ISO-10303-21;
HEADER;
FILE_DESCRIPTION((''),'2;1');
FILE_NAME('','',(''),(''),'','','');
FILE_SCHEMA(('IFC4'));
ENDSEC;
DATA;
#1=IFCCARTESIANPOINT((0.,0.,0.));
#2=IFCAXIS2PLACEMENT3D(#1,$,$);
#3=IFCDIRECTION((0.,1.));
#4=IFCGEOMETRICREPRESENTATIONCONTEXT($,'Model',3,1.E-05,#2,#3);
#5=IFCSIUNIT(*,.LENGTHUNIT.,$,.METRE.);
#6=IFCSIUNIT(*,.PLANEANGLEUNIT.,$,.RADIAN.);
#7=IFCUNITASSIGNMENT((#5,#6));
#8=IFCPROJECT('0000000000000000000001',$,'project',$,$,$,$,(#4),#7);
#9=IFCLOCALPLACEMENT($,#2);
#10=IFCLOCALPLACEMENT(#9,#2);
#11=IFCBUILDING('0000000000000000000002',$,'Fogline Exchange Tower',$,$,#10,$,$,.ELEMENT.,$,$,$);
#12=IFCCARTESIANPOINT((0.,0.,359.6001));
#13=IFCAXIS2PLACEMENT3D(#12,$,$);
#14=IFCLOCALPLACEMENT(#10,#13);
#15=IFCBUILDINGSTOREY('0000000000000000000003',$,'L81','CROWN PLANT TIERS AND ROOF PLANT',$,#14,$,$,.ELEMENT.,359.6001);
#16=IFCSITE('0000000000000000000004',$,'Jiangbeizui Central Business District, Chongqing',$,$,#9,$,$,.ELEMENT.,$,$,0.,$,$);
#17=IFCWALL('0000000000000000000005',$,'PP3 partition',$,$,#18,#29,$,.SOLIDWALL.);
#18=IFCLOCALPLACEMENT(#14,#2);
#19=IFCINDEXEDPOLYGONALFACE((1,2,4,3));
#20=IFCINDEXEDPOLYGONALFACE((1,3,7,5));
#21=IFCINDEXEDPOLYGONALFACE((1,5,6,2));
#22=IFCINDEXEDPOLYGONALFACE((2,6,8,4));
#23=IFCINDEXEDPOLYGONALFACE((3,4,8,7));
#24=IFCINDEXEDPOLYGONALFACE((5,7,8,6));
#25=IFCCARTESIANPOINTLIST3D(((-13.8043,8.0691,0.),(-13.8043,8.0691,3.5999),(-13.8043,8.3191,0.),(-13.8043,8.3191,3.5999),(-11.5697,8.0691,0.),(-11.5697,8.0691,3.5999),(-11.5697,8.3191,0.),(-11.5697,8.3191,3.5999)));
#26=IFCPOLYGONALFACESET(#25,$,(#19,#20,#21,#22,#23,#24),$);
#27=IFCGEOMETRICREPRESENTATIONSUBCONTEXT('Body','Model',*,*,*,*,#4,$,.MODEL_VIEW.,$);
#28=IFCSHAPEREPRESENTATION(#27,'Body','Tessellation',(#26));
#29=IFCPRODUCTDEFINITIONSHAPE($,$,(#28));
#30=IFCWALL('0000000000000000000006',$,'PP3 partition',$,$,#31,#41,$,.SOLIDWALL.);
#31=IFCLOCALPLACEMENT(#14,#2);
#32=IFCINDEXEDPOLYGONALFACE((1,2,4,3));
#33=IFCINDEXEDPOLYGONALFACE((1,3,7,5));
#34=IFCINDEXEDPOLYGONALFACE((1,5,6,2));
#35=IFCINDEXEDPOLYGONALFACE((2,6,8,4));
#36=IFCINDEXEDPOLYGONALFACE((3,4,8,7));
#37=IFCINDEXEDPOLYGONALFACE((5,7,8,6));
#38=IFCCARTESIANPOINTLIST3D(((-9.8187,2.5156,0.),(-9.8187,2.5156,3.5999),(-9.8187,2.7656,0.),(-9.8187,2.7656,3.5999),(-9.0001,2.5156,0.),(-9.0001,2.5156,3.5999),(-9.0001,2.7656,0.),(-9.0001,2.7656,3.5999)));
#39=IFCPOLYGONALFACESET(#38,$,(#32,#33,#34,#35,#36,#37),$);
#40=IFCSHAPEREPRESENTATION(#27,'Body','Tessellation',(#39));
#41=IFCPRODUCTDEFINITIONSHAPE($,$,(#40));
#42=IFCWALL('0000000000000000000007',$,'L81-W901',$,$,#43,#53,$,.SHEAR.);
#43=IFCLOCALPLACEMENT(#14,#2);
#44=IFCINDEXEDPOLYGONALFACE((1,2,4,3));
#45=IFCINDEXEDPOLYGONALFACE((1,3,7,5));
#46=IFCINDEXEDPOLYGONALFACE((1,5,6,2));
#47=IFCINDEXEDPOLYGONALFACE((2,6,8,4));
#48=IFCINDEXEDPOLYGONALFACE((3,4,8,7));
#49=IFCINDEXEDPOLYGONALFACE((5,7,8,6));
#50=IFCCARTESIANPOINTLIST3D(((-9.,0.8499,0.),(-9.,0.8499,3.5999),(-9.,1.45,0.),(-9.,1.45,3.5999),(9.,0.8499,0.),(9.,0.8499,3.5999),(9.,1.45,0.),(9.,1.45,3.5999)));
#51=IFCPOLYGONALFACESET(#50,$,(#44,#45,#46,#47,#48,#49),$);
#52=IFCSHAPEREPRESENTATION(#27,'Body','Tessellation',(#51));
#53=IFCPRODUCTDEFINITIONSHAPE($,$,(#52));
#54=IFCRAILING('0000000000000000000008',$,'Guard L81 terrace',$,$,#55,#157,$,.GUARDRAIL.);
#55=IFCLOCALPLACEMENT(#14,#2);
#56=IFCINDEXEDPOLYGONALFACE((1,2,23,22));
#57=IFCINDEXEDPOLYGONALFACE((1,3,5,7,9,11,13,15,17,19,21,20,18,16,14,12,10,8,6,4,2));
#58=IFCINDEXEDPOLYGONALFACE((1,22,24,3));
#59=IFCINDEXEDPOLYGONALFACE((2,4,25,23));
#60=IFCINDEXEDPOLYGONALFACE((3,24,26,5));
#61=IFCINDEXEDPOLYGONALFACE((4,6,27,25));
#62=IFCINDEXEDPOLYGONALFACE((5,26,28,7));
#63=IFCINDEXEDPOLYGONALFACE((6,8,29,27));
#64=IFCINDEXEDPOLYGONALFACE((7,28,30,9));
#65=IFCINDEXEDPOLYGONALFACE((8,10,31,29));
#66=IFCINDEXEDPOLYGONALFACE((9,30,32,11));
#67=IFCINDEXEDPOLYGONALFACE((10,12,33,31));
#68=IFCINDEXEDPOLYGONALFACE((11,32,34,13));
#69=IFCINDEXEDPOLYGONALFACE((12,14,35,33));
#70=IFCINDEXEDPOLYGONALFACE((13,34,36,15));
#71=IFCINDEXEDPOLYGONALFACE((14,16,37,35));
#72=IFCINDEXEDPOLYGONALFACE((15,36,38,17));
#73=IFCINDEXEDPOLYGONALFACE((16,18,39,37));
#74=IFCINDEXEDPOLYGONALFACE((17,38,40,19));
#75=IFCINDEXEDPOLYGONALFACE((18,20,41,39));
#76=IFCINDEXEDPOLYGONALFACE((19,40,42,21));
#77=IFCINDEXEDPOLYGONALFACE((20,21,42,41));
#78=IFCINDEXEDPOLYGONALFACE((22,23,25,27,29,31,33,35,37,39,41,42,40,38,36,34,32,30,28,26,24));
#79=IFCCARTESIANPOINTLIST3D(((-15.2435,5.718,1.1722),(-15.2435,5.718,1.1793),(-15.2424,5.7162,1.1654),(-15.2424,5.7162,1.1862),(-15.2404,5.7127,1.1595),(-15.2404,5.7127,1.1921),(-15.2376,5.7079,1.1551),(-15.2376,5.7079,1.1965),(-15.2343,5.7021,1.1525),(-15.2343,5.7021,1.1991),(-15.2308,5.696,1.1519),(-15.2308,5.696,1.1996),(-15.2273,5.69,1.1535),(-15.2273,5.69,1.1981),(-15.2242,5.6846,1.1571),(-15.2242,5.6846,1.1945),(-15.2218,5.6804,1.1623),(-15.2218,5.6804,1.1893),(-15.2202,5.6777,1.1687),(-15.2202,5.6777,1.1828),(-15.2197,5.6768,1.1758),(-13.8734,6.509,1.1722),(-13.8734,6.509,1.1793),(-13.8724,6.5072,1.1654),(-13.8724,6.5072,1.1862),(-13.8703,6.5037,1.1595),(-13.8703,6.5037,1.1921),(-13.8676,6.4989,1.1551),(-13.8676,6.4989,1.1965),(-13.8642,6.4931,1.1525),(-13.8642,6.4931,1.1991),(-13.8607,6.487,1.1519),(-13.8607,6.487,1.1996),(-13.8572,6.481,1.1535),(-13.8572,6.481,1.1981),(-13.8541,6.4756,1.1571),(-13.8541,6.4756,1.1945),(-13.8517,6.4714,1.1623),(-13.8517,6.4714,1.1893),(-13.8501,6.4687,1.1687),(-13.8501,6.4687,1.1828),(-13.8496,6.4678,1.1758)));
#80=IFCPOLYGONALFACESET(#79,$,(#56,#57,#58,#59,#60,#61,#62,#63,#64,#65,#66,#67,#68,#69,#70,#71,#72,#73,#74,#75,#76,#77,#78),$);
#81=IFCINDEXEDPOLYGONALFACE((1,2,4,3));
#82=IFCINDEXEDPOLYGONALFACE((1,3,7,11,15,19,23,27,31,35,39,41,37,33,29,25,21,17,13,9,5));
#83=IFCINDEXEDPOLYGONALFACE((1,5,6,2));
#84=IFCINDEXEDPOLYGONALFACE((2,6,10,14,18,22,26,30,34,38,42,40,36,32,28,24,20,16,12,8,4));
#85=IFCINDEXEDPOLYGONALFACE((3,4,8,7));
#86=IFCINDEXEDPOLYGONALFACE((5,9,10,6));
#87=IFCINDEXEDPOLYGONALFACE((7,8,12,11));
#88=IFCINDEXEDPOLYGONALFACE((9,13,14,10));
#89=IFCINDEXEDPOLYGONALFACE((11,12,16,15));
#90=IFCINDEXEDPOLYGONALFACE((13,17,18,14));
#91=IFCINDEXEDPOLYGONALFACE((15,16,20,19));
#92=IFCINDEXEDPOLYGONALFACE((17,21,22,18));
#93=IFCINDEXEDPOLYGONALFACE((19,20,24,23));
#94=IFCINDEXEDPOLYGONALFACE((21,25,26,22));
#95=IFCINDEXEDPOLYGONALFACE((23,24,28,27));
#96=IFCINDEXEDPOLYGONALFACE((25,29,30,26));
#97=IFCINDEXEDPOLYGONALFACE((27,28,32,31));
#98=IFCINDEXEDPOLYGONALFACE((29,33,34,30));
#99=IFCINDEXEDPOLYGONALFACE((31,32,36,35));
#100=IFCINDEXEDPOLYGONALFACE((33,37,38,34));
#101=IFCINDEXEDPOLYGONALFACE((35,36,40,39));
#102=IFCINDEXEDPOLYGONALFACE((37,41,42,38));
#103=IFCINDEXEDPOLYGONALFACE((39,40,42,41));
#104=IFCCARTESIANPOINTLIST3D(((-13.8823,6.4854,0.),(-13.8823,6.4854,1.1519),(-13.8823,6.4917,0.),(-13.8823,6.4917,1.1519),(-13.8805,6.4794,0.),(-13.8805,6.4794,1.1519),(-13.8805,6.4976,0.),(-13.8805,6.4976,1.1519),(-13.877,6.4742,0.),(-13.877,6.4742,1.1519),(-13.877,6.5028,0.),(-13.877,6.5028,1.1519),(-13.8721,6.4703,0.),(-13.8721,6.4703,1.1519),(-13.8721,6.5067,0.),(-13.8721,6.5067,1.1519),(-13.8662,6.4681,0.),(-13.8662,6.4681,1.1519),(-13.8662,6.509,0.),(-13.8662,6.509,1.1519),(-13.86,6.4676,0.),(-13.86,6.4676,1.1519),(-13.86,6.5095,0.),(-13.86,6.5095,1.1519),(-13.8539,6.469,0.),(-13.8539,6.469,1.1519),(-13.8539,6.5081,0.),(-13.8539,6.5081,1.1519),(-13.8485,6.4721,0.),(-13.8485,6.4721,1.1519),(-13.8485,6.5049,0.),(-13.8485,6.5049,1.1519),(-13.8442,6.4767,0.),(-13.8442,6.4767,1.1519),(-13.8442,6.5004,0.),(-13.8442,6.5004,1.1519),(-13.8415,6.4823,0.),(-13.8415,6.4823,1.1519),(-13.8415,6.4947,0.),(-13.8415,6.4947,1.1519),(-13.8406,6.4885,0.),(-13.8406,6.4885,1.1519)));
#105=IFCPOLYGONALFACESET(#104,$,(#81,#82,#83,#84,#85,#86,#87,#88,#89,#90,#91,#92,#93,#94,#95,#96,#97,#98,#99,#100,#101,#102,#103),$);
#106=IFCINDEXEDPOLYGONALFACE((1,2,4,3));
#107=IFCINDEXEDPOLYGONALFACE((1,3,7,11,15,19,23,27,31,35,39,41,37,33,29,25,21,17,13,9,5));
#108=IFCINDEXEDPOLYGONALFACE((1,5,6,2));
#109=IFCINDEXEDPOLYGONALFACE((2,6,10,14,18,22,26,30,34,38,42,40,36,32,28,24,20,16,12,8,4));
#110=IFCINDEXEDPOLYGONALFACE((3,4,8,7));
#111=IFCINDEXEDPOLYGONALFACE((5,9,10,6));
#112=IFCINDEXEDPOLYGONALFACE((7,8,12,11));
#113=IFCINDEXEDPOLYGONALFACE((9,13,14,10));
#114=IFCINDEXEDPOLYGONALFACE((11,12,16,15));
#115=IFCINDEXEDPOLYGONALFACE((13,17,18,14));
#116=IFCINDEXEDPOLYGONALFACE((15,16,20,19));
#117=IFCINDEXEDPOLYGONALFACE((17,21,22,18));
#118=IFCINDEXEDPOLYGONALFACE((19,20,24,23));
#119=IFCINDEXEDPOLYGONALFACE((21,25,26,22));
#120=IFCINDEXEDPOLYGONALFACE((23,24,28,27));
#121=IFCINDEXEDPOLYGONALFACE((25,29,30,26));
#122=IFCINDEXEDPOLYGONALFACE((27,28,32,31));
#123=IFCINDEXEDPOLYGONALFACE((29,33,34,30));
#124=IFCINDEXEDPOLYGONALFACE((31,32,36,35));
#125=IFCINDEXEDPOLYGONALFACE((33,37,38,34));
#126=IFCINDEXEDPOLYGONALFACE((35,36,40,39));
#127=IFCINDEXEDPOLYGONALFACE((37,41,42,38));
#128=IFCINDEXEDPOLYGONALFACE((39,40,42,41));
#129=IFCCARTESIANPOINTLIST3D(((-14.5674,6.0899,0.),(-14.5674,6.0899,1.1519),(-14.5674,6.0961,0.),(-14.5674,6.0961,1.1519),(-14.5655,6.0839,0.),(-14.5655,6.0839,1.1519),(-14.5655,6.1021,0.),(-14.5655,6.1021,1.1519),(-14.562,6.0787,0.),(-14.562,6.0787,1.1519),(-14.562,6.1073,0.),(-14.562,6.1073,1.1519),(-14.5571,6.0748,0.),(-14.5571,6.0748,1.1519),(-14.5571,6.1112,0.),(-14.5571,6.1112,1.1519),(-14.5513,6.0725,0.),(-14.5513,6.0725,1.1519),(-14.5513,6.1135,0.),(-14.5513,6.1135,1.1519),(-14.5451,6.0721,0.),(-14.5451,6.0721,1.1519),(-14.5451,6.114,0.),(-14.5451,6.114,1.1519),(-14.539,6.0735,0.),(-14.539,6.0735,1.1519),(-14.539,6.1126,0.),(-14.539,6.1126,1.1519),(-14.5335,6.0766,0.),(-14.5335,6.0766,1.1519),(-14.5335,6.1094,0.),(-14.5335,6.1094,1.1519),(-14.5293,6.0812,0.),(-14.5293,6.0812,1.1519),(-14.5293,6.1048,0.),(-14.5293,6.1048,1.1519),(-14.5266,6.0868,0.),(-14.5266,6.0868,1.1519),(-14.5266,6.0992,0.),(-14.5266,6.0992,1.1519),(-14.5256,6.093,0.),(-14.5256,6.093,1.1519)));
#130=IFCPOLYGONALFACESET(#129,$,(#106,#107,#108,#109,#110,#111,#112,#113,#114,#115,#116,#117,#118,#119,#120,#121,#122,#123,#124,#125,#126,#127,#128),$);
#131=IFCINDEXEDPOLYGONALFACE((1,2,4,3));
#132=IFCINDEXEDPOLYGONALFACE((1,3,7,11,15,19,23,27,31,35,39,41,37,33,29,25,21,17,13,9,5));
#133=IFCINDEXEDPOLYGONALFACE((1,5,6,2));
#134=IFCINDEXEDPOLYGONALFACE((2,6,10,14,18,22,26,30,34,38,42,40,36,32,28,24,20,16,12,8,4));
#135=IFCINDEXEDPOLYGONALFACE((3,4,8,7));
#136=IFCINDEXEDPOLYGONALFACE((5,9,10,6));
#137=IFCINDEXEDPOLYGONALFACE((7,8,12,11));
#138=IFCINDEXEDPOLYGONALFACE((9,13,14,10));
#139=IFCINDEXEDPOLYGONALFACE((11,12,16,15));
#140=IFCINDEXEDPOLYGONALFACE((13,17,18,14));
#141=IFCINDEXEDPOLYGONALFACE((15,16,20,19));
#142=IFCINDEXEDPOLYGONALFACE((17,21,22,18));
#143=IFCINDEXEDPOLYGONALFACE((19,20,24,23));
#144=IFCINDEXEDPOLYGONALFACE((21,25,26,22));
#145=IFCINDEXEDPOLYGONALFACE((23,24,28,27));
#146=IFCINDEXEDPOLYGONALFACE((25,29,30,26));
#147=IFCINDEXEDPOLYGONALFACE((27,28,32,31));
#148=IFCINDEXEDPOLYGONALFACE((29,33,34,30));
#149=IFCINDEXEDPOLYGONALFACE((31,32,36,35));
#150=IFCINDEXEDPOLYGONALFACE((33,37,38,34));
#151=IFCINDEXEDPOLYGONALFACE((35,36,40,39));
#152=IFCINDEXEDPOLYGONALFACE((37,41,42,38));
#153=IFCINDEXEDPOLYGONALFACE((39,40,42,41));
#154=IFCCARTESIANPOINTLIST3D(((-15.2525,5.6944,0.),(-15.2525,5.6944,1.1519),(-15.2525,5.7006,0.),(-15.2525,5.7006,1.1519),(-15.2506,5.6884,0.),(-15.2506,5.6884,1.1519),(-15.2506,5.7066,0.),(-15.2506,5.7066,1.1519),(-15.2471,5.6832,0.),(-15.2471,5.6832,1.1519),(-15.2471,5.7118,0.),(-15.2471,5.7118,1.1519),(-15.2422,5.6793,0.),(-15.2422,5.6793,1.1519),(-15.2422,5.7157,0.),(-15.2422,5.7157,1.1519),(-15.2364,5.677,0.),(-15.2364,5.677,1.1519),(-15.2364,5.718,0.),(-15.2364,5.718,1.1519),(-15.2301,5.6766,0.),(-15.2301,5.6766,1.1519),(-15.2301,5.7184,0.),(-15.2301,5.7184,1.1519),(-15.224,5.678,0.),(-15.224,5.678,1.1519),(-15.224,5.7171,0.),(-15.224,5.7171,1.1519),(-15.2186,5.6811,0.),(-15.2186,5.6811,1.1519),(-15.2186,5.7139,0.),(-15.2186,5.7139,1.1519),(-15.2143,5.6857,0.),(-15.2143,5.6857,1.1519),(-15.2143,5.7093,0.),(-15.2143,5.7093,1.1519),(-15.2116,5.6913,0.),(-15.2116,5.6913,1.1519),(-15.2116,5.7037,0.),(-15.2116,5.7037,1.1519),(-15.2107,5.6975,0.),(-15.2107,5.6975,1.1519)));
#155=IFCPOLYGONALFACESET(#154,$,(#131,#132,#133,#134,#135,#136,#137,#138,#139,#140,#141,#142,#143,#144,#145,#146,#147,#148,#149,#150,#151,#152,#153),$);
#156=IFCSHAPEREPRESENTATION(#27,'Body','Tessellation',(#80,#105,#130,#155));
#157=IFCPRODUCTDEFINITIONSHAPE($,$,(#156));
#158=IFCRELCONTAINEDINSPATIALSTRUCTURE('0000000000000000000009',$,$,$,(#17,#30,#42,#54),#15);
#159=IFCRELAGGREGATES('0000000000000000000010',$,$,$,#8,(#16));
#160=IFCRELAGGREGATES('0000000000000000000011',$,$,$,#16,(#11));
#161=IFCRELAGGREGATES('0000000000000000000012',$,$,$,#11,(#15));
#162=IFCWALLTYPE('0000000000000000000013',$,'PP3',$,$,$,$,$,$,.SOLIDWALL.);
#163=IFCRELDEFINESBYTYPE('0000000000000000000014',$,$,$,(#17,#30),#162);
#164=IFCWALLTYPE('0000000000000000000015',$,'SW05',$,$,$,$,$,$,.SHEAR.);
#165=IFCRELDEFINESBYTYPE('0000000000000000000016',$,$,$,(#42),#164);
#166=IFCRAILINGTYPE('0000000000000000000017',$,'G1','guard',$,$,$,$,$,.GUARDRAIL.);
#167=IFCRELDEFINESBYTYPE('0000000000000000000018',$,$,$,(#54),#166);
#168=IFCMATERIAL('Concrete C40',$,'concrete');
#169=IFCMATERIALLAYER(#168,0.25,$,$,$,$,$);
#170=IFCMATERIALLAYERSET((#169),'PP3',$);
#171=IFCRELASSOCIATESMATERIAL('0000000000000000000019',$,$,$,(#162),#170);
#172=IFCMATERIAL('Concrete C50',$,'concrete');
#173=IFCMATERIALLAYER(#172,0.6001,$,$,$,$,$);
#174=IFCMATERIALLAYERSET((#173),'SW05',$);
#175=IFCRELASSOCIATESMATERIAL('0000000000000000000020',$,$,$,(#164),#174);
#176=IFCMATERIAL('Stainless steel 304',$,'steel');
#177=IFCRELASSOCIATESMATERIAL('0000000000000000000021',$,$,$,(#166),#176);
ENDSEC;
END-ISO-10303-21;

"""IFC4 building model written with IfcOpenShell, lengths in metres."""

from ifc_helpers import new_model, si_unit, direction, frame, frame_2d, origin, origin_2d, place, context, subcontext, project, spatial, rectangle, circle, extrude, material, layer, layer_set, type_object, element, save


model = new_model("IFC4")

# Units and contexts
model_context = context("Model", 3, precision=1e-05, world=origin(), true_north=direction((0.0, 1.0)))
body_context = subcontext(model_context, "Body", "Model", "MODEL_VIEW")
ifc_project = project(units=[si_unit("LENGTHUNIT", "METRE"), si_unit("PLANEANGLEUNIT", "RADIAN")], contexts=[model_context])

# Site, building, storey
site_placement = place(None, origin())
site = spatial("IfcSite", under=ifc_project, at=site_placement, Name="Jiangbeizui Central Business District, Chongqing", CompositionType="ELEMENT", RefElevation=0.0)
building_placement = place(site_placement, origin())
building = spatial("IfcBuilding", under=site, at=building_placement, Name="Fogline Exchange Tower", CompositionType="ELEMENT")
storey_placement = place(building_placement, frame((0.0, 0.0, 359.6001)))
storey = spatial("IfcBuildingStorey", under=building, at=storey_placement, Name="L81", Description="CROWN PLANT TIERS AND ROOF PLANT", CompositionType="ELEMENT", Elevation=359.6001)

# Shared definitions
ifc_material_1 = material(Name="Concrete C40", Category="concrete")

# Walls
ifc_layer_1 = layer(ifc_material_1, 0.25)
ifc_layer_set_1 = layer_set([ifc_layer_1], Name="PP3")
wall_type_1 = type_object("IfcWallType", Name="PP3", PredefinedType="SOLIDWALL", material=ifc_layer_set_1)
wall_1_placement = place(storey_placement, frame((-13.8042, 8.1941, 0.0), z_axis=(0.0, 0.0, 1.0), x_axis=(1.0, 0.0, 0.0)))
element("IfcWall", 1, at=wall_1_placement, inside=storey, type_object=wall_type_1, Name="PP3 partition", PredefinedType="SOLIDWALL", context=body_context, shape_type="SweptSolid", body=[
    extrude(rectangle(XDim=2.2346, YDim=0.25, at=frame_2d((1.1172, 0.0))), origin(), (0.0, 0.0, 1.0), 3.5999),
])
wall_2_placement = place(storey_placement, frame((-9.8186, 2.6406, 0.0), z_axis=(0.0, 0.0, 1.0), x_axis=(1.0, 0.0, 0.0)))
element("IfcWall", 2, at=wall_2_placement, inside=storey, type_object=wall_type_1, Name="PP3 partition", PredefinedType="SOLIDWALL", context=body_context, shape_type="SweptSolid", body=[
    extrude(rectangle(XDim=0.8186, YDim=0.25, at=frame_2d((0.4092, 0.0))), origin(), (0.0, 0.0, 1.0), 3.5999),
])
ifc_material_2 = material(Name="Concrete C50", Category="concrete")
ifc_layer_2 = layer(ifc_material_2, 0.6001)
ifc_layer_set_2 = layer_set([ifc_layer_2], Name="SW05")
wall_type_2 = type_object("IfcWallType", Name="SW05", PredefinedType="SHEAR", material=ifc_layer_set_2)
wall_3_placement = place(storey_placement, frame((-9.0, 1.1499, 0.0), z_axis=(0.0, 0.0, 1.0), x_axis=(1.0, 0.0, 0.0)))
element("IfcWall", 3, at=wall_3_placement, inside=storey, type_object=wall_type_2, Name="L81-W901", PredefinedType="SHEAR", context=body_context, shape_type="SweptSolid", body=[
    extrude(rectangle(XDim=18.0, YDim=0.6001, at=frame_2d((9.0, 0.0))), origin(), (0.0, 0.0, 1.0), 3.5999),
])

# Railing
ifc_material_3 = material(Name="Stainless steel 304", Category="steel")
railing_type = type_object("IfcRailingType", Name="G1", Description="guard", PredefinedType="GUARDRAIL", material=ifc_material_3)
railing_1_placement = place(storey_placement, frame((-13.8616, 6.4885, 0.0)))
element("IfcRailing", 4, at=railing_1_placement, inside=storey, type_object=railing_type, Name="Guard L81 terrace", PredefinedType="GUARDRAIL", context=body_context, shape_type="SweptSolid", body=[
    extrude(circle(Radius=0.0239, at=origin_2d()), frame((0.0, 0.0, 1.1758), z_axis=(-0.866031, -0.49999, 0.0), x_axis=(0.49999, -0.866031, 0.0)), (0.0, 0.0, 1.0), 1.582),
    extrude(circle(Radius=0.021, at=origin_2d()), origin(), (0.0, 0.0, 1.0), 1.1519),
    extrude(circle(Radius=0.021, at=origin_2d()), frame((-0.6851, -0.3955, 0.0)), (0.0, 0.0, 1.0), 1.1519),
    extrude(circle(Radius=0.021, at=origin_2d()), frame((-1.3701, -0.791, 0.0)), (0.0, 0.0, 1.0), 1.1519),
])

save(model, "model.ifc")
